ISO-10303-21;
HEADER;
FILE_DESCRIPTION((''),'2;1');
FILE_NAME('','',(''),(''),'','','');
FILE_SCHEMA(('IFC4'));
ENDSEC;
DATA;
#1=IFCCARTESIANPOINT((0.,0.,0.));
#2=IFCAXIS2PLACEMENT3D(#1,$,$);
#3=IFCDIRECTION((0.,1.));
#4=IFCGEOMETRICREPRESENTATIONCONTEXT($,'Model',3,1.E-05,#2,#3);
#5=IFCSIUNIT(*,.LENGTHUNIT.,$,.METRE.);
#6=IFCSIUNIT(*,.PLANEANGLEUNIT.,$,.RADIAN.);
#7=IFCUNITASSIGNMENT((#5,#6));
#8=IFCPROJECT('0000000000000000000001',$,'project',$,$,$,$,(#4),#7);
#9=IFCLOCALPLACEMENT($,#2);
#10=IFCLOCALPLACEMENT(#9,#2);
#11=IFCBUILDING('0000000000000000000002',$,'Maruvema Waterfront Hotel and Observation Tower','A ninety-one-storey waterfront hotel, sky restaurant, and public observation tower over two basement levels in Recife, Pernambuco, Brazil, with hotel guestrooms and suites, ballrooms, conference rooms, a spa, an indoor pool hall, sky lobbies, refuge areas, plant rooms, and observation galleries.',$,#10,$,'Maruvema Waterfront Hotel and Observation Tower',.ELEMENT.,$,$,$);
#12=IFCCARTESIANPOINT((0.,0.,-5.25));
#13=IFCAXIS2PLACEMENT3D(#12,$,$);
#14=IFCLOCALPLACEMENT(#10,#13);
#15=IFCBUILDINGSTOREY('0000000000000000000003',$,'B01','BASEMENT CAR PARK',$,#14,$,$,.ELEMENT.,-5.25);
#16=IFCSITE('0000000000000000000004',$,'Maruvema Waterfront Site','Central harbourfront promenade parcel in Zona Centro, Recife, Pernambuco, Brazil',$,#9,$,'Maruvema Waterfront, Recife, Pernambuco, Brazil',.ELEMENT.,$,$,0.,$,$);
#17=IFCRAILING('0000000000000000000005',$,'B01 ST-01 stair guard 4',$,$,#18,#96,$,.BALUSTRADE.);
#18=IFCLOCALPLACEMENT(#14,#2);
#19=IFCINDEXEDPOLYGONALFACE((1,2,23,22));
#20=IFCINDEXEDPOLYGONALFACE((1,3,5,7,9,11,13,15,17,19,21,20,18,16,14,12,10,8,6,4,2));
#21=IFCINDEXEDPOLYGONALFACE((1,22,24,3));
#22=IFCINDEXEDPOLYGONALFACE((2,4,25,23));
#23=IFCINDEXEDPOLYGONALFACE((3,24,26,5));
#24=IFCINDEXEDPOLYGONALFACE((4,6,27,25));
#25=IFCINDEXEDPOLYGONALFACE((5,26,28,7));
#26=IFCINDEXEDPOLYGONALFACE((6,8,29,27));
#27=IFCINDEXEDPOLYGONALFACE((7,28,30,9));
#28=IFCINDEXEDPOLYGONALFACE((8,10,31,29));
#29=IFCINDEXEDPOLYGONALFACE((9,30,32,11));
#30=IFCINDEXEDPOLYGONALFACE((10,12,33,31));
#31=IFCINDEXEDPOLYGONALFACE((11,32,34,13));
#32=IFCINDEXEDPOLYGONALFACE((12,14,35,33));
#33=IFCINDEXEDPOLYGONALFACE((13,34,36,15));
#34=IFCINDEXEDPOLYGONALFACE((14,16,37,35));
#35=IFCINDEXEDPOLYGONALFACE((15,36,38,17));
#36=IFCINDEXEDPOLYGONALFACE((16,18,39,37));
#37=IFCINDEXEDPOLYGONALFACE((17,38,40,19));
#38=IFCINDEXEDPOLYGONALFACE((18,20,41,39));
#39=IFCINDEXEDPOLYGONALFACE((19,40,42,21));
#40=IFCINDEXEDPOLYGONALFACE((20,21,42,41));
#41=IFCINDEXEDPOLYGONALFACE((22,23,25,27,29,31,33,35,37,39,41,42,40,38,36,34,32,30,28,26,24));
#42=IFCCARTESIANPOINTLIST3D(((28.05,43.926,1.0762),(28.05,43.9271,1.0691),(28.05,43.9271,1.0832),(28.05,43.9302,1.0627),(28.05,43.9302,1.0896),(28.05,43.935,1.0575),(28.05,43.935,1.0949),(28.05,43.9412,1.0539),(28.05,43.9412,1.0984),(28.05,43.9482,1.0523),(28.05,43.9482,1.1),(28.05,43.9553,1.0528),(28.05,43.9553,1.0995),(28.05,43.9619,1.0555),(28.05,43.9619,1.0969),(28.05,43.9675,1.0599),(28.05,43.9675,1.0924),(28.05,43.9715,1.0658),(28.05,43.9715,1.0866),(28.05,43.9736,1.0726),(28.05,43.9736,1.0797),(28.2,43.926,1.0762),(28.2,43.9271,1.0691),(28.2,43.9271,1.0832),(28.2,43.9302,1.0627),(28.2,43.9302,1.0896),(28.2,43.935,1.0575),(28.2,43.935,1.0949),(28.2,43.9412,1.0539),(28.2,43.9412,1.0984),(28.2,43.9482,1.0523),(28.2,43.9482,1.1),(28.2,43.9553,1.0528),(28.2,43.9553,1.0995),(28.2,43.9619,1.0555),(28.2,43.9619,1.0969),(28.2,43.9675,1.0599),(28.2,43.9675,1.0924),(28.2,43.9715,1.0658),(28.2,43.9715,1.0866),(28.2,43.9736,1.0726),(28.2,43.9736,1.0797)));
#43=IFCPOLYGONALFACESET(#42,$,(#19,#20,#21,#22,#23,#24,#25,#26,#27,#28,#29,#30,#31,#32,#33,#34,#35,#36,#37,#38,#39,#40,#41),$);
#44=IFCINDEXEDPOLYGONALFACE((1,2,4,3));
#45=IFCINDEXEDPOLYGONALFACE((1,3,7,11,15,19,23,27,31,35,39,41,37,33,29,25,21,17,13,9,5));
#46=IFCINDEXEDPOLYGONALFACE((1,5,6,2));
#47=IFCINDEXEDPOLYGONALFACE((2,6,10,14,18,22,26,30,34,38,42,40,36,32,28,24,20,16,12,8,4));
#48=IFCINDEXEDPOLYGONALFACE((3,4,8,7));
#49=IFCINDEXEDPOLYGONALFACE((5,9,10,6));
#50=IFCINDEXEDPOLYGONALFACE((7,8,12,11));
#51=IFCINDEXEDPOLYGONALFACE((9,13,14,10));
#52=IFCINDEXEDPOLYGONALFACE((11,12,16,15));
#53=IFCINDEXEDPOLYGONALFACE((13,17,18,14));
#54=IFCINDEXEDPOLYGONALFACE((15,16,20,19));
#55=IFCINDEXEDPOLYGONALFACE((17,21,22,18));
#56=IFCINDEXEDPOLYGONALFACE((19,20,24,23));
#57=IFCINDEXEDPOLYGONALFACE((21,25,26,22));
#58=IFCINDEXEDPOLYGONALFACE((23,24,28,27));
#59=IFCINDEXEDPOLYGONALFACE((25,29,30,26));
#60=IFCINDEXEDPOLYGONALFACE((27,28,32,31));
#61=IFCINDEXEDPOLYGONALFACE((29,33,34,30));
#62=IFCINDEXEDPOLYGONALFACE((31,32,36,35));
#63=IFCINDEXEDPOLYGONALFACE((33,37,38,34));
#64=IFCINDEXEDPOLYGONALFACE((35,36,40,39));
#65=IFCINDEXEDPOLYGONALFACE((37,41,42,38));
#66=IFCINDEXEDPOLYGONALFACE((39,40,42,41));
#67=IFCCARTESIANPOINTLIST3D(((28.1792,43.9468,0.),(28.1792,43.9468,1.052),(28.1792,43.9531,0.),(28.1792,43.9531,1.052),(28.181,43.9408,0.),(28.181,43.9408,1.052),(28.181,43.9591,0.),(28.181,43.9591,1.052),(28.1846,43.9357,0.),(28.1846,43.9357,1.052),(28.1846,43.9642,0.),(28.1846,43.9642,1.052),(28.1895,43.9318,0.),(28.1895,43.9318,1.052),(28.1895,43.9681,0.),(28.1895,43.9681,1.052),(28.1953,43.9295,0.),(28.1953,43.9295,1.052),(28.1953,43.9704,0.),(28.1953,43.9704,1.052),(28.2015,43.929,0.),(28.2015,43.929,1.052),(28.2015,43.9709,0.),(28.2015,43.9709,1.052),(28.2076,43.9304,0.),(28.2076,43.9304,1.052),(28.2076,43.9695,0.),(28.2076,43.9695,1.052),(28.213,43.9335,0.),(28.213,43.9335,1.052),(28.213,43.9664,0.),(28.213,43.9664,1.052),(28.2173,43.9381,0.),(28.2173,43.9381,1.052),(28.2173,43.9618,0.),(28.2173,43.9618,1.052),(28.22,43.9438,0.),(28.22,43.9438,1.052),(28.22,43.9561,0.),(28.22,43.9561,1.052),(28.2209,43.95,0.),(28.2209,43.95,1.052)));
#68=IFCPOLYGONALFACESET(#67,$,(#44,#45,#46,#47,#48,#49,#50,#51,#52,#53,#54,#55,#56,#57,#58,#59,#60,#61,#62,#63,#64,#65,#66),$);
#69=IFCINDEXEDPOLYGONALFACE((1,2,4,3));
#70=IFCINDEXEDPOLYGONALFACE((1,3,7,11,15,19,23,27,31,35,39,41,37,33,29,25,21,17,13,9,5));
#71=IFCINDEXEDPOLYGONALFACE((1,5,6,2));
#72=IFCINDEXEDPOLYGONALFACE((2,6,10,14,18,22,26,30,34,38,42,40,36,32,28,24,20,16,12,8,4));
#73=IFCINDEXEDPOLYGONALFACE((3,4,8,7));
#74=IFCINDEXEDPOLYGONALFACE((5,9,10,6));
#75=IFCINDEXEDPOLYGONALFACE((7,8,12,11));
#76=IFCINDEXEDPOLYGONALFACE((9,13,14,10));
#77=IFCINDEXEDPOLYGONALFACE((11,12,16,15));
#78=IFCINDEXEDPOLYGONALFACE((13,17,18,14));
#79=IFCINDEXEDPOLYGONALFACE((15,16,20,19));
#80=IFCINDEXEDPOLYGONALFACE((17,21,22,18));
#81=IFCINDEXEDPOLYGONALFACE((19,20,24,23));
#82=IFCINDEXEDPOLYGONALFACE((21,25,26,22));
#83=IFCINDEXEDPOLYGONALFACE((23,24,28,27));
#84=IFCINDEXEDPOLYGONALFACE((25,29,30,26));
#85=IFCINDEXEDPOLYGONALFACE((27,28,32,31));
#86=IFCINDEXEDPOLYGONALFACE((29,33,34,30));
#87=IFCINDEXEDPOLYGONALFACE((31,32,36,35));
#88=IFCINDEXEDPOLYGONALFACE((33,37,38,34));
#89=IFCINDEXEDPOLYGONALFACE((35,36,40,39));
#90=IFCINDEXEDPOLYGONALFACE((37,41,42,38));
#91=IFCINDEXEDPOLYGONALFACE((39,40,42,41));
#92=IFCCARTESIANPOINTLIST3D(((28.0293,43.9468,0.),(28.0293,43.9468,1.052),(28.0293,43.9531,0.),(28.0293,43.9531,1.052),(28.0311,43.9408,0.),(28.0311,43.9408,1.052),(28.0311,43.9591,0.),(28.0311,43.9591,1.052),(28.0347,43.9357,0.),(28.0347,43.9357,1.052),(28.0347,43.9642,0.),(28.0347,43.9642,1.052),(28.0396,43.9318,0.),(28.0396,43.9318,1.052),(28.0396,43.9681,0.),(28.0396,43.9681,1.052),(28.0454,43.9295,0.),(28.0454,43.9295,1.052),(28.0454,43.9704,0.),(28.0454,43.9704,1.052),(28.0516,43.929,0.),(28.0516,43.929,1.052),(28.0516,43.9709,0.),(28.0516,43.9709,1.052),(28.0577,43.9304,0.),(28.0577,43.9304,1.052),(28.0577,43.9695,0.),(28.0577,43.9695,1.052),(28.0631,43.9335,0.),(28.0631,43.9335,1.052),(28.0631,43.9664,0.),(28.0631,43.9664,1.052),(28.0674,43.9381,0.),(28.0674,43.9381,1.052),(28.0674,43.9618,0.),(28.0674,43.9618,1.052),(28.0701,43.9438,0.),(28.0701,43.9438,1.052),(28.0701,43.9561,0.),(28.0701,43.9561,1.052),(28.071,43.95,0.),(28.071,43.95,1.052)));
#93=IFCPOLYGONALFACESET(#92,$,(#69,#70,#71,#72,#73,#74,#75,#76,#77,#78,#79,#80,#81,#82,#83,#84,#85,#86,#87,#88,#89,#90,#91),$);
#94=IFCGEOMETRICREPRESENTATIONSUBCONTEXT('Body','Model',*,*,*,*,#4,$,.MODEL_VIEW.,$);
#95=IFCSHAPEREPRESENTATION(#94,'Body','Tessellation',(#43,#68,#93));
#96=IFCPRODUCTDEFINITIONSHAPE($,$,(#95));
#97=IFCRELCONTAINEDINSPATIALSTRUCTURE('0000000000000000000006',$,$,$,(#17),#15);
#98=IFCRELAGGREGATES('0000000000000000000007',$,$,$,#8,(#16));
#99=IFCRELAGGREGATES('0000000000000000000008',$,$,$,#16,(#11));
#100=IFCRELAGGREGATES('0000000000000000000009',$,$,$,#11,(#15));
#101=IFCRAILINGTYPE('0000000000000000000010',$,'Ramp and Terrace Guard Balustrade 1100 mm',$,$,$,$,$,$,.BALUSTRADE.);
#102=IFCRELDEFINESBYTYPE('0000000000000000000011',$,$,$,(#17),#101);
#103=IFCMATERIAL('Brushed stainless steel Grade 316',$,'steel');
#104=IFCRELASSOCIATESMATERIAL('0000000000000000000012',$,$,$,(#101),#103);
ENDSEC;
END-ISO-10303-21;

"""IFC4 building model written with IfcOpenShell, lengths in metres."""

from ifc_helpers import new_model, si_unit, direction, frame, origin, origin_2d, place, context, subcontext, project, spatial, circle, extrude, material, type_object, element, save


model = new_model("IFC4")

# Units and contexts
model_context = context("Model", 3, precision=1e-05, world=origin(), true_north=direction((0.0, 1.0)))
body_context = subcontext(model_context, "Body", "Model", "MODEL_VIEW")
ifc_project = project(units=[si_unit("LENGTHUNIT", "METRE"), si_unit("PLANEANGLEUNIT", "RADIAN")], contexts=[model_context])

# Site, building, storey
site_placement = place(None, origin())
site = spatial("IfcSite", under=ifc_project, at=site_placement, Name="Maruvema Waterfront Site", Description="Central harbourfront promenade parcel in Zona Centro, Recife, Pernambuco, Brazil", LongName="Maruvema Waterfront, Recife, Pernambuco, Brazil", CompositionType="ELEMENT", RefElevation=0.0)
building_placement = place(site_placement, origin())
building = spatial("IfcBuilding", under=site, at=building_placement, Name="Maruvema Waterfront Hotel and Observation Tower", Description="A ninety-one-storey waterfront hotel, sky restaurant, and public observation tower over two basement levels in Recife, Pernambuco, Brazil, with hotel guestrooms and suites, ballrooms, conference rooms, a spa, an indoor pool hall, sky lobbies, refuge areas, plant rooms, and observation galleries.", LongName="Maruvema Waterfront Hotel and Observation Tower", CompositionType="ELEMENT")
storey_placement = place(building_placement, frame((0.0, 0.0, -5.25)))
storey = spatial("IfcBuildingStorey", under=building, at=storey_placement, Name="B01", Description="BASEMENT CAR PARK", CompositionType="ELEMENT", Elevation=-5.25)

# Railing
ifc_material_1 = material(Name="Brushed stainless steel Grade 316", Category="steel")
railing_type_1 = type_object("IfcRailingType", Name="Ramp and Terrace Guard Balustrade 1100 mm", PredefinedType="BALUSTRADE", material=ifc_material_1)
railing_1_placement = place(storey_placement, frame((28.2, 43.95, 0.0)))
element("IfcRailing", 1, at=railing_1_placement, inside=storey, type_object=railing_type_1, Name="B01 ST-01 stair guard 4", PredefinedType="BALUSTRADE", context=body_context, shape_type="SweptSolid", body=[
    extrude(circle(Radius=0.0239, at=origin_2d()), frame((0.0, 0.0, 1.0762), z_axis=(-1.0, 0.0, 0.0), x_axis=(0.0, -1.0, 0.0)), (0.0, 0.0, 1.0), 0.1499),
    extrude(circle(Radius=0.021, at=origin_2d()), origin(), (0.0, 0.0, 1.0), 1.052),
    extrude(circle(Radius=0.021, at=origin_2d()), frame((-0.1499, 0.0, 0.0)), (0.0, 0.0, 1.0), 1.052),
])

save(model, "model.ifc")
